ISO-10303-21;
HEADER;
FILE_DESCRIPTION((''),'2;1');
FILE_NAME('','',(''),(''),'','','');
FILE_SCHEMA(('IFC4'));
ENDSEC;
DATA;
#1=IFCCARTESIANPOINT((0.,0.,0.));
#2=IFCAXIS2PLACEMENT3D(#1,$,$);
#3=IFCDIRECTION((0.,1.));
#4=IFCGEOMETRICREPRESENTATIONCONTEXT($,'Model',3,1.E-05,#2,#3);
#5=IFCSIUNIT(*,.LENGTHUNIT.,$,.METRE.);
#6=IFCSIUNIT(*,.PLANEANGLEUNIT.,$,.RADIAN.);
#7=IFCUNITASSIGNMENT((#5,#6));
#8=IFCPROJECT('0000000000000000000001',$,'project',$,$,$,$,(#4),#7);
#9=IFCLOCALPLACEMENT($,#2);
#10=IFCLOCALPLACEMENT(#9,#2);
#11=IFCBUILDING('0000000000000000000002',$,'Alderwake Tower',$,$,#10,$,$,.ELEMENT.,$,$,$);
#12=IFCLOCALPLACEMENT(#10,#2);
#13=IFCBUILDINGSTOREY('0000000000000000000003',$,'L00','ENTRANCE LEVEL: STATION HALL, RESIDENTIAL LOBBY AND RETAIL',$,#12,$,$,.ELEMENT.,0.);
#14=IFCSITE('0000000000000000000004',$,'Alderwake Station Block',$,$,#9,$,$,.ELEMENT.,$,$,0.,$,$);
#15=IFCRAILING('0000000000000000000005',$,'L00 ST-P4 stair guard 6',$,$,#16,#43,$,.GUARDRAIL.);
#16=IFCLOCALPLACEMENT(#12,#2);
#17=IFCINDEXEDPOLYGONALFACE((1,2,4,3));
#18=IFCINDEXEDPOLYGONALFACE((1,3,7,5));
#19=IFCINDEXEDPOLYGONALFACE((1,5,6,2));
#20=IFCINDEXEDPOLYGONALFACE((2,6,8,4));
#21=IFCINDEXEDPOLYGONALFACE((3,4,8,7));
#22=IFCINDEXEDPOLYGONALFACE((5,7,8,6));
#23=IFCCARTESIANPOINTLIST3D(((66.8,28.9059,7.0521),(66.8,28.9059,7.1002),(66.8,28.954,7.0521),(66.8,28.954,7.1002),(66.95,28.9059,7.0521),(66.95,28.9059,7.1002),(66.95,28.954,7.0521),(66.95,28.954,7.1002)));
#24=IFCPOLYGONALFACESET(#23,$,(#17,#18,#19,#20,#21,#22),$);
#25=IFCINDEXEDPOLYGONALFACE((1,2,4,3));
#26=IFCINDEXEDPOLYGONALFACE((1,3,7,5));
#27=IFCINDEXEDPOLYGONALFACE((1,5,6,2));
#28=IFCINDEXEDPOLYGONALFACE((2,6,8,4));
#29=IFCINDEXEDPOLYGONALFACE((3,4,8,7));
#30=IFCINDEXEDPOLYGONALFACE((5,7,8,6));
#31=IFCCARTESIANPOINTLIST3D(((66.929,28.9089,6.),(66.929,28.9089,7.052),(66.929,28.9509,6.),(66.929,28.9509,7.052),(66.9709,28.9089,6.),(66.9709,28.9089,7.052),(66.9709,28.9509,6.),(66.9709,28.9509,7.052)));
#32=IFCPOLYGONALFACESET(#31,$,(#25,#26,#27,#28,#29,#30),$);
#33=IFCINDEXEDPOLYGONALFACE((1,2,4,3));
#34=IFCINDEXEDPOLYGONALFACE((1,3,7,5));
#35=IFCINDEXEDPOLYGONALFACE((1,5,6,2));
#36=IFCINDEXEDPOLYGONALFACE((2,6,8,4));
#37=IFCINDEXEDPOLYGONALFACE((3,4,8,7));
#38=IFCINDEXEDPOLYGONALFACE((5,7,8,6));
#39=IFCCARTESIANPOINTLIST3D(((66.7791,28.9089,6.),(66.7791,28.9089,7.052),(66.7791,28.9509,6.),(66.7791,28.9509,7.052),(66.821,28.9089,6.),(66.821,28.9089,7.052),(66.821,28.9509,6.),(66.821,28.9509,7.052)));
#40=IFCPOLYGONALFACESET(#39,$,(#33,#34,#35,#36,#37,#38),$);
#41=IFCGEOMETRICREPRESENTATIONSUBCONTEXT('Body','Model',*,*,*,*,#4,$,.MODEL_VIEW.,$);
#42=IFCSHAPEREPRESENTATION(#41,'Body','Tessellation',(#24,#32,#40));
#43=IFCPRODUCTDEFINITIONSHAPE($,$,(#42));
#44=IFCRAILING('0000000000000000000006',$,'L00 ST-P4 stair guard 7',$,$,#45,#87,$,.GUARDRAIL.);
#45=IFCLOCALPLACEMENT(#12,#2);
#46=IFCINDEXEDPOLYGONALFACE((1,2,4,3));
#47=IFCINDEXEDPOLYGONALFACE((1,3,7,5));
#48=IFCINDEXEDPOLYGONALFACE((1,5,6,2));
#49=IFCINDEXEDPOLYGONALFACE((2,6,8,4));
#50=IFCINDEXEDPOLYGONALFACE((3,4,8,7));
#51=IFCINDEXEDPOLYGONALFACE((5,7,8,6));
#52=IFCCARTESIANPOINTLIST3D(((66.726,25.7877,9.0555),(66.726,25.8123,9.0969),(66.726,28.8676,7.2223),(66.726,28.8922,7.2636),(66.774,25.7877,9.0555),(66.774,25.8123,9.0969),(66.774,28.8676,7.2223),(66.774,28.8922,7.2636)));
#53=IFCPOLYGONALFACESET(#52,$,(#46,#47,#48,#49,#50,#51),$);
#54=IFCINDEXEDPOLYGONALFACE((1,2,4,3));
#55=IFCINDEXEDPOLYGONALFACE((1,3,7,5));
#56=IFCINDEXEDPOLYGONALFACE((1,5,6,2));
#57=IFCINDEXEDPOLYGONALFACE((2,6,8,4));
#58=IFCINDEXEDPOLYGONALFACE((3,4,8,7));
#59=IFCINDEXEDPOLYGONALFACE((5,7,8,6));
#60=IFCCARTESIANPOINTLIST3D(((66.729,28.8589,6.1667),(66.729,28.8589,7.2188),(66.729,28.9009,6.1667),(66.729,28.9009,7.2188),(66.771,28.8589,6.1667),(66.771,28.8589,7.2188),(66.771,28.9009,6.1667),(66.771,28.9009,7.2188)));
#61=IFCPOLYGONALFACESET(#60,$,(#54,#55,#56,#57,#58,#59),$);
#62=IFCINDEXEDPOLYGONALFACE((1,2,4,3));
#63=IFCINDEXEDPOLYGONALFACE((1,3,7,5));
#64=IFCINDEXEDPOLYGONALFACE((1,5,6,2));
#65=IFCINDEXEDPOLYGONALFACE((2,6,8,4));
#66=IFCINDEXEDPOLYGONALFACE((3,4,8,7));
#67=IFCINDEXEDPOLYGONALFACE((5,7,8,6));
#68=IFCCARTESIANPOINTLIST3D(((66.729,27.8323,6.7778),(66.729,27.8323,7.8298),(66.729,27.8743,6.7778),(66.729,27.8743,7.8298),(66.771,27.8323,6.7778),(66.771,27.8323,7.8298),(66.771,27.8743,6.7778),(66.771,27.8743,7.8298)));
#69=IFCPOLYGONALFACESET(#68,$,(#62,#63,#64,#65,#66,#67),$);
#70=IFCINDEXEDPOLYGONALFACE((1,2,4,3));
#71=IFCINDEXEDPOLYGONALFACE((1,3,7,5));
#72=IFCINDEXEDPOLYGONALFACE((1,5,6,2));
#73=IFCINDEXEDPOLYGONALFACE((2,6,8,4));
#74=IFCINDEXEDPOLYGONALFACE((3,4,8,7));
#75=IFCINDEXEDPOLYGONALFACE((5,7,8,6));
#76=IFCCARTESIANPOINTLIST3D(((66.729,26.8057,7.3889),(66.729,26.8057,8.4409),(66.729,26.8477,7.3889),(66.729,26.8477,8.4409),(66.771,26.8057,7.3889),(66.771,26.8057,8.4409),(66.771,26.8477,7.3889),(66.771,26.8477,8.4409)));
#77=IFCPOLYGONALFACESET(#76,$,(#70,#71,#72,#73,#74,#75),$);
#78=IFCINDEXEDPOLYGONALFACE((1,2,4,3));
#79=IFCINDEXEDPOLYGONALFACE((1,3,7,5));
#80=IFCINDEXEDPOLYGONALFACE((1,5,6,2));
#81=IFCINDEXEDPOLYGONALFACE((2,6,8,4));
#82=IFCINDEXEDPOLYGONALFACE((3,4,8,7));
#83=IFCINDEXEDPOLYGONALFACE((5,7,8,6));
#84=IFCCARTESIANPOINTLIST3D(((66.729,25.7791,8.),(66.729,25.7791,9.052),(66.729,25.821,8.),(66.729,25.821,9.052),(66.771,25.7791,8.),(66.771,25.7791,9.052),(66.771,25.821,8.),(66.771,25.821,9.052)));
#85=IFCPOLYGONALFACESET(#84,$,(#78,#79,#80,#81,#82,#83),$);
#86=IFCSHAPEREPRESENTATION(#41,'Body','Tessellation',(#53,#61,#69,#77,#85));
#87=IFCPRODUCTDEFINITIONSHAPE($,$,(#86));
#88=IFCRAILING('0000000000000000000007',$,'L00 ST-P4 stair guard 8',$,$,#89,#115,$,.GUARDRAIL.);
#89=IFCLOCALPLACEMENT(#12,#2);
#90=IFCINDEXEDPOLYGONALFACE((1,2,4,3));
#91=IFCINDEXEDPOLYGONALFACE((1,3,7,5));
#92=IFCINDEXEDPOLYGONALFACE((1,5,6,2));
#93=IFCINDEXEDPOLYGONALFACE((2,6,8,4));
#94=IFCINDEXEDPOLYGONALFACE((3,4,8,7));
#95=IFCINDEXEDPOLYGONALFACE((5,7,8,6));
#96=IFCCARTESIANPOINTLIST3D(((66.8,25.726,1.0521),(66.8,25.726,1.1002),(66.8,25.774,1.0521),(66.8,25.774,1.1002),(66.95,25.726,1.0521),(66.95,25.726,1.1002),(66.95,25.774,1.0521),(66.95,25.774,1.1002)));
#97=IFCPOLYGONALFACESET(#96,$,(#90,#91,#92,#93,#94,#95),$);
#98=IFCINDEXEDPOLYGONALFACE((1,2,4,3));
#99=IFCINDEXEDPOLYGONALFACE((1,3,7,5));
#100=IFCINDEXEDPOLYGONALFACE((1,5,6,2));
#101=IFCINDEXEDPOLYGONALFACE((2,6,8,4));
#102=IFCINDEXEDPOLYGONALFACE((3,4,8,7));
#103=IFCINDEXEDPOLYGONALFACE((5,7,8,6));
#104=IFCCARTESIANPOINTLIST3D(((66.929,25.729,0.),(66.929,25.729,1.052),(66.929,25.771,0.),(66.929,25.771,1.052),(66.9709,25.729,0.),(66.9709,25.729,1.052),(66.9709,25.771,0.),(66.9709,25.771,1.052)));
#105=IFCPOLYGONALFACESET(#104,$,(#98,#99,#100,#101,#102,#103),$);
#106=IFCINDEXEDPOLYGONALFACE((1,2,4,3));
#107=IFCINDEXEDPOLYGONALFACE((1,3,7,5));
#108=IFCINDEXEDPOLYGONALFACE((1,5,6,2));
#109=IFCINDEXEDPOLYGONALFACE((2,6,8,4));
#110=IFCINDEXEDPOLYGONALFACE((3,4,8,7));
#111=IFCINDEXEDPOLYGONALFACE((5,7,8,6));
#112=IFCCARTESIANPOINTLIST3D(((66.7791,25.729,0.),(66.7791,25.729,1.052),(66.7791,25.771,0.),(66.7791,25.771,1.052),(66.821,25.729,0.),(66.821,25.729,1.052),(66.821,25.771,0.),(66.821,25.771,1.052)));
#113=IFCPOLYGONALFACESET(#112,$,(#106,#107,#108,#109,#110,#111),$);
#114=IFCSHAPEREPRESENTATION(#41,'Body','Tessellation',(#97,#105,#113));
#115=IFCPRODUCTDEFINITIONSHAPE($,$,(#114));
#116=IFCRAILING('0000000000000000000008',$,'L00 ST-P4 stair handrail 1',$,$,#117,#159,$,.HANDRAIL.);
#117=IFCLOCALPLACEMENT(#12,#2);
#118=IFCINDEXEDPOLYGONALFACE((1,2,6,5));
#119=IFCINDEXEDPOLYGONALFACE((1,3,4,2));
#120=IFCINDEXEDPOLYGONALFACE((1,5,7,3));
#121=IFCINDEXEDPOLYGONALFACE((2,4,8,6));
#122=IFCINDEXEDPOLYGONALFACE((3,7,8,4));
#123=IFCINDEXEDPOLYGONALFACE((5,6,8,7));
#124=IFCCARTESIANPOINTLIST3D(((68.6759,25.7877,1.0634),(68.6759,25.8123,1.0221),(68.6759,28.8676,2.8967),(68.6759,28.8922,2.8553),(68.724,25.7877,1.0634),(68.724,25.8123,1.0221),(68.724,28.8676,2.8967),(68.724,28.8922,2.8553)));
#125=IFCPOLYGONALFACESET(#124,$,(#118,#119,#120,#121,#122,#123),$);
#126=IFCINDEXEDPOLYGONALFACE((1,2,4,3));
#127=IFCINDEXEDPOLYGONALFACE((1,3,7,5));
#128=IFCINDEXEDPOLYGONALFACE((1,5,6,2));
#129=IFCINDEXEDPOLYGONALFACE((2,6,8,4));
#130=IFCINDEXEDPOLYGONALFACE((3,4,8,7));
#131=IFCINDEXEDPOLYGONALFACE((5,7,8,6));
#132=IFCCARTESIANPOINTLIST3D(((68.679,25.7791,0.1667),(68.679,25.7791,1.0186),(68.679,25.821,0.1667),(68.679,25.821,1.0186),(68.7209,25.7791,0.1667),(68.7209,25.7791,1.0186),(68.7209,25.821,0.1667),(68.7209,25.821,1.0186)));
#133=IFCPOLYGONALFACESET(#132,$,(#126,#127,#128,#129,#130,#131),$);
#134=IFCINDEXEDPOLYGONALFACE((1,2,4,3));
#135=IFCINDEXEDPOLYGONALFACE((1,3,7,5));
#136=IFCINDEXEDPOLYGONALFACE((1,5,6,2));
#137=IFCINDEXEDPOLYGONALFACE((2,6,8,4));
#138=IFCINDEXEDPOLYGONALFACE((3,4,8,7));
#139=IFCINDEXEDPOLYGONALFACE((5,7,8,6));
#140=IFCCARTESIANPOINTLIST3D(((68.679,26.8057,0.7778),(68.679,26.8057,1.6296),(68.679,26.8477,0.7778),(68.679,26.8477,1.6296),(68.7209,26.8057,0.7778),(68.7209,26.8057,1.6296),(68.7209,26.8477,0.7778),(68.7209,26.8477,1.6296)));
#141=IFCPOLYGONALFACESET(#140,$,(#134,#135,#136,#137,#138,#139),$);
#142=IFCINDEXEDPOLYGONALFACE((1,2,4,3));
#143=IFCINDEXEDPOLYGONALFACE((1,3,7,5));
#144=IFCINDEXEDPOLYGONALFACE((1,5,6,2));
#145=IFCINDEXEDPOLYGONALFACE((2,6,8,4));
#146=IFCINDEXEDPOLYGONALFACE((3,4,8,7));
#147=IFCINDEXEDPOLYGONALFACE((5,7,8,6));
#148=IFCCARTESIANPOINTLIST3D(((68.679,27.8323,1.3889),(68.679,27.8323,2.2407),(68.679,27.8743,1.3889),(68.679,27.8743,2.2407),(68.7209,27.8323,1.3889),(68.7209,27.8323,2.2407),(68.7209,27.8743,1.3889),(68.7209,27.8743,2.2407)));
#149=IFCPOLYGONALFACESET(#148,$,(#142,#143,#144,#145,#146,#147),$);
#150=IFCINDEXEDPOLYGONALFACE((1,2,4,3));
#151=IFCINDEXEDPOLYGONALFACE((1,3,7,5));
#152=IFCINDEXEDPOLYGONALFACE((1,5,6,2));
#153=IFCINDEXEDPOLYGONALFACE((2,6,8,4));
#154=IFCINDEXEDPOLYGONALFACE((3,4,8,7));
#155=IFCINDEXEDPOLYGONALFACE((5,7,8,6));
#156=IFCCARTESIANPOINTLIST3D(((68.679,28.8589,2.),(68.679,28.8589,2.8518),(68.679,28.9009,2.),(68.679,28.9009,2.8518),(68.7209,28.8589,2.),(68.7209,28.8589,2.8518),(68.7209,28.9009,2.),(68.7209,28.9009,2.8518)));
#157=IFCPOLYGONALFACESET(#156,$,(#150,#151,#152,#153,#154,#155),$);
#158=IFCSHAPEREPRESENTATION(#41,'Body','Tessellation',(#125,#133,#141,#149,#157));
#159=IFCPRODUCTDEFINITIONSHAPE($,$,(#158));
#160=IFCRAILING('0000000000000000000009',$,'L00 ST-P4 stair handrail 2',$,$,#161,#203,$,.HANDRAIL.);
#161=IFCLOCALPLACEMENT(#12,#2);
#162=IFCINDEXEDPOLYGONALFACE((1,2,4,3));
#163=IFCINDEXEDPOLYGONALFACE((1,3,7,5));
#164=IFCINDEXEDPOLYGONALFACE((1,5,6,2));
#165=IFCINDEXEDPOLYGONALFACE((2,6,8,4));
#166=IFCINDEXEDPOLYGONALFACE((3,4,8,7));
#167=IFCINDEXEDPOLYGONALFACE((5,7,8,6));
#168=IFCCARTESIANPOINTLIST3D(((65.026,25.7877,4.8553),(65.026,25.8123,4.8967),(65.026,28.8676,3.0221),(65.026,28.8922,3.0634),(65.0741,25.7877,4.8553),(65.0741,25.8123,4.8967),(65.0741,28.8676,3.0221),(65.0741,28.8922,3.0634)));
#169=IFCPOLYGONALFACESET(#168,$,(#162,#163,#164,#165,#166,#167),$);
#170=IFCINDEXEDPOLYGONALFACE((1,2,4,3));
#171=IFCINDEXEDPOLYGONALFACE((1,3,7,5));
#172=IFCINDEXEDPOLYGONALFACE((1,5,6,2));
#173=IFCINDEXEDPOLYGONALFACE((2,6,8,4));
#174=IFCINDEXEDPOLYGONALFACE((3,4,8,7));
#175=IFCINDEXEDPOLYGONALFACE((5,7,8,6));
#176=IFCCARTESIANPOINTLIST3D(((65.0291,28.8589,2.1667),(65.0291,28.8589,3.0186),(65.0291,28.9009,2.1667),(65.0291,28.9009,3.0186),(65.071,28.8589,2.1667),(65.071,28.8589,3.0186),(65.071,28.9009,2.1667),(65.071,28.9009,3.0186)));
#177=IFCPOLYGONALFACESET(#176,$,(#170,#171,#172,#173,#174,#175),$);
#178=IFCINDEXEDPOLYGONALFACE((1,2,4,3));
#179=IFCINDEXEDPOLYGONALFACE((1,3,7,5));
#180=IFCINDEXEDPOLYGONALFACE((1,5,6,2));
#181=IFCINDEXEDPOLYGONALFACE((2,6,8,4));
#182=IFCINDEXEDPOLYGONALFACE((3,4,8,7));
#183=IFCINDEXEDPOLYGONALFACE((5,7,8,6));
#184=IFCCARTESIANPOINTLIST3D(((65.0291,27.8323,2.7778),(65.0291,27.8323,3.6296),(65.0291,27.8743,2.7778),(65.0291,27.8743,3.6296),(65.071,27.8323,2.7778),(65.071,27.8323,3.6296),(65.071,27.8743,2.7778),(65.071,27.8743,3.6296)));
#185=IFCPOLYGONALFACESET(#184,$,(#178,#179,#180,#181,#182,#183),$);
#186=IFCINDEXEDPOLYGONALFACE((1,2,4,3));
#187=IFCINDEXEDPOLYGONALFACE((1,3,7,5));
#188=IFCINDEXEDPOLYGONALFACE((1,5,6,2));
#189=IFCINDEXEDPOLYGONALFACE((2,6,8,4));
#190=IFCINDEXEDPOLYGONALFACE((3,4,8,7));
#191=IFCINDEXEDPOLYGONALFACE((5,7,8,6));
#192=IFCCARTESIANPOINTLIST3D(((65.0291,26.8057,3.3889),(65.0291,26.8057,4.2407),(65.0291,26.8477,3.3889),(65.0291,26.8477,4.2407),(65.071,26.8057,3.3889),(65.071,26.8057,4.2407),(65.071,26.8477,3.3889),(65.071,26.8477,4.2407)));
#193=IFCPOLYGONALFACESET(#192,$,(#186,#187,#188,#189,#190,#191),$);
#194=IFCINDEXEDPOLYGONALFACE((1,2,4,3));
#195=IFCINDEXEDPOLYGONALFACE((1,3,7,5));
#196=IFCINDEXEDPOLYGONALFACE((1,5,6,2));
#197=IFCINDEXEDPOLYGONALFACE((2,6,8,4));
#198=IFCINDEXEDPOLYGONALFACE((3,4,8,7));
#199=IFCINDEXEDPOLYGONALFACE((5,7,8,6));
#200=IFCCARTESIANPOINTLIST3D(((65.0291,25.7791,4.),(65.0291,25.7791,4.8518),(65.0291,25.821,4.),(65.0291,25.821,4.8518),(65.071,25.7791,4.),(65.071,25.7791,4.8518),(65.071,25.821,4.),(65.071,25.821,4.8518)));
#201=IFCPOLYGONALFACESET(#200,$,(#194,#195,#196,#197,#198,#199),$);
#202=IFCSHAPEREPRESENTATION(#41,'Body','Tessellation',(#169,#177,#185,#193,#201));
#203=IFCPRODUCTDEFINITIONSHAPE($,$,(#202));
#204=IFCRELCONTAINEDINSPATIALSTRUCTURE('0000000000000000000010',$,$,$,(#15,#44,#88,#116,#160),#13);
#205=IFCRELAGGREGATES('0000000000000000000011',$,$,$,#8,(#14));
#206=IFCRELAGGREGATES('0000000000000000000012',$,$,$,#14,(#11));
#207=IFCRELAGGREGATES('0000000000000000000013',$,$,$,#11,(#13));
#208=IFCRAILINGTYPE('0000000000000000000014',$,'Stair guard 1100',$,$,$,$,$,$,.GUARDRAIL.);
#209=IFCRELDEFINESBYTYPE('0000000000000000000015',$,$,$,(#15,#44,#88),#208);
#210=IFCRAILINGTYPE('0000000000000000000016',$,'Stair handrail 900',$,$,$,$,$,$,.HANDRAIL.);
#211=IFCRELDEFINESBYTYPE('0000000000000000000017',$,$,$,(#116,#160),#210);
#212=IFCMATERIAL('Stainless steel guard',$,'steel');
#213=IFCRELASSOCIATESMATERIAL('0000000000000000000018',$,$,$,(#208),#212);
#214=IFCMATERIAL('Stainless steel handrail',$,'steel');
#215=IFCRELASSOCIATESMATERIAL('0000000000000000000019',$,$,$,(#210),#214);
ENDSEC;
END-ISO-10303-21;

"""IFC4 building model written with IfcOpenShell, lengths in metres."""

from ifc_helpers import new_model, si_unit, direction, frame, origin, origin_2d, place, context, subcontext, project, spatial, rectangle, extrude, material, type_object, element, save


model = new_model("IFC4")

# Units and contexts
model_context = context("Model", 3, precision=1e-05, world=origin(), true_north=direction((0.0, 1.0)))
body_context = subcontext(model_context, "Body", "Model", "MODEL_VIEW")
ifc_project = project(units=[si_unit("LENGTHUNIT", "METRE"), si_unit("PLANEANGLEUNIT", "RADIAN")], contexts=[model_context])

# Site, building, storey
site_placement = place(None, origin())
site = spatial("IfcSite", under=ifc_project, at=site_placement, Name="Alderwake Station Block", CompositionType="ELEMENT", RefElevation=0.0)
building_placement = place(site_placement, origin())
building = spatial("IfcBuilding", under=site, at=building_placement, Name="Alderwake Tower", CompositionType="ELEMENT")
storey_placement = place(building_placement, origin())
storey = spatial("IfcBuildingStorey", under=building, at=storey_placement, Name="L00", Description="ENTRANCE LEVEL: STATION HALL, RESIDENTIAL LOBBY AND RETAIL", CompositionType="ELEMENT", Elevation=0.0)

# Railings
ifc_material_1 = material(Name="Stainless steel guard", Category="steel")
railing_type_1 = type_object("IfcRailingType", Name="Stair guard 1100", PredefinedType="GUARDRAIL", material=ifc_material_1)
railing_1_placement = place(storey_placement, frame((66.95, 28.9299, 6.0)))
element("IfcRailing", 1, at=railing_1_placement, inside=storey, type_object=railing_type_1, Name="L00 ST-P4 stair guard 6", PredefinedType="GUARDRAIL", context=body_context, shape_type="SweptSolid", body=[
    extrude(rectangle(XDim=0.0481, YDim=0.0481, at=origin_2d()), frame((0.0, 0.0, 1.0762), z_axis=(-1.0, 0.0, 0.0), x_axis=(0.0, -1.0, 0.0)), (0.0, 0.0, 1.0), 0.1499),
    extrude(rectangle(XDim=0.042, YDim=0.042, at=origin_2d()), frame((0.0, 0.0, 0.0), z_axis=(0.0, 0.0, 1.0), x_axis=(-1.0, 0.0, 0.0)), (0.0, 0.0, 1.0), 1.052),
    extrude(rectangle(XDim=0.042, YDim=0.042, at=origin_2d()), frame((-0.1499, 0.0, 0.0), z_axis=(0.0, 0.0, 1.0), x_axis=(-1.0, 0.0, 0.0)), (0.0, 0.0, 1.0), 1.052),
])
railing_2_placement = place(storey_placement, frame((66.75, 28.8799, 6.1667)))
element("IfcRailing", 2, at=railing_2_placement, inside=storey, type_object=railing_type_1, Name="L00 ST-P4 stair guard 7", PredefinedType="GUARDRAIL", context=body_context, shape_type="SweptSolid", body=[
    extrude(rectangle(XDim=0.0481, YDim=0.0481, at=origin_2d()), frame((0.0, 0.0, 1.0762), z_axis=(0.0, -0.859291, 0.511487), x_axis=(1.0, 0.0, 0.0)), (0.0, 0.0, 1.0), 3.5842),
    extrude(rectangle(XDim=0.042, YDim=0.042, at=origin_2d()), frame((0.0, 0.0, 0.0), z_axis=(0.0, 0.0, 1.0), x_axis=(0.0, -1.0, 0.0)), (0.0, 0.0, 1.0), 1.052),
    extrude(rectangle(XDim=0.042, YDim=0.042, at=origin_2d()), frame((0.0, -1.0266, 0.6111), z_axis=(0.0, 0.0, 1.0), x_axis=(0.0, -1.0, 0.0)), (0.0, 0.0, 1.0), 1.052),
    extrude(rectangle(XDim=0.042, YDim=0.042, at=origin_2d()), frame((0.0, -2.0532, 1.2222), z_axis=(0.0, 0.0, 1.0), x_axis=(0.0, -1.0, 0.0)), (0.0, 0.0, 1.0), 1.052),
    extrude(rectangle(XDim=0.042, YDim=0.042, at=origin_2d()), frame((0.0, -3.0798, 1.8333), z_axis=(0.0, 0.0, 1.0), x_axis=(0.0, -1.0, 0.0)), (0.0, 0.0, 1.0), 1.052),
])
railing_3_placement = place(storey_placement, frame((66.95, 25.75, 0.0)))
element("IfcRailing", 3, at=railing_3_placement, inside=storey, type_object=railing_type_1, Name="L00 ST-P4 stair guard 8", PredefinedType="GUARDRAIL", context=body_context, shape_type="SweptSolid", body=[
    extrude(rectangle(XDim=0.0481, YDim=0.0481, at=origin_2d()), frame((0.0, 0.0, 1.0762), z_axis=(-1.0, 0.0, 0.0), x_axis=(0.0, -1.0, 0.0)), (0.0, 0.0, 1.0), 0.1499),
    extrude(rectangle(XDim=0.042, YDim=0.042, at=origin_2d()), frame((0.0, 0.0, 0.0), z_axis=(0.0, 0.0, 1.0), x_axis=(-1.0, 0.0, 0.0)), (0.0, 0.0, 1.0), 1.052),
    extrude(rectangle(XDim=0.042, YDim=0.042, at=origin_2d()), frame((-0.1499, 0.0, 0.0), z_axis=(0.0, 0.0, 1.0), x_axis=(-1.0, 0.0, 0.0)), (0.0, 0.0, 1.0), 1.052),
])
ifc_material_2 = material(Name="Stainless steel handrail", Category="steel")
railing_type_2 = type_object("IfcRailingType", Name="Stair handrail 900", PredefinedType="HANDRAIL", material=ifc_material_2)
railing_4_placement = place(storey_placement, frame((68.7, 25.8, 0.1667)))
element("IfcRailing", 4, at=railing_4_placement, inside=storey, type_object=railing_type_2, Name="L00 ST-P4 stair handrail 1", PredefinedType="HANDRAIL", context=body_context, shape_type="SweptSolid", body=[
    extrude(rectangle(XDim=0.0481, YDim=0.0481, at=origin_2d()), frame((0.0, 0.0, 0.876), z_axis=(0.0, 0.859291, 0.511487), x_axis=(-1.0, 0.0, 0.0)), (0.0, 0.0, 1.0), 3.5842),
    extrude(rectangle(XDim=0.042, YDim=0.042, at=origin_2d()), frame((0.0, 0.0, 0.0), z_axis=(0.0, 0.0, 1.0), x_axis=(0.0, 1.0, 0.0)), (0.0, 0.0, 1.0), 0.8518),
    extrude(rectangle(XDim=0.042, YDim=0.042, at=origin_2d()), frame((0.0, 1.0266, 0.6111), z_axis=(0.0, 0.0, 1.0), x_axis=(0.0, 1.0, 0.0)), (0.0, 0.0, 1.0), 0.8518),
    extrude(rectangle(XDim=0.042, YDim=0.042, at=origin_2d()), frame((0.0, 2.0532, 1.2222), z_axis=(0.0, 0.0, 1.0), x_axis=(0.0, 1.0, 0.0)), (0.0, 0.0, 1.0), 0.8518),
    extrude(rectangle(XDim=0.042, YDim=0.042, at=origin_2d()), frame((0.0, 3.0798, 1.8333), z_axis=(0.0, 0.0, 1.0), x_axis=(0.0, 1.0, 0.0)), (0.0, 0.0, 1.0), 0.8518),
])
for number, where, name in (
    (5, (65.05, 28.8799, 2.1667), "L00 ST-P4 stair handrail 2"),
):
    element("IfcRailing", number, at=place(storey_placement, frame(where)), inside=storey, type_object=railing_type_2, Name=name, PredefinedType="HANDRAIL", context=body_context, shape_type="SweptSolid", body=[
        extrude(rectangle(XDim=0.0481, YDim=0.0481, at=origin_2d()), frame((0.0, 0.0, 0.876), z_axis=(0.0, -0.859291, 0.511487), x_axis=(1.0, 0.0, 0.0)), (0.0, 0.0, 1.0), 3.5842),
        extrude(rectangle(XDim=0.042, YDim=0.042, at=origin_2d()), frame((0.0, 0.0, 0.0), z_axis=(0.0, 0.0, 1.0), x_axis=(0.0, -1.0, 0.0)), (0.0, 0.0, 1.0), 0.8518),
        extrude(rectangle(XDim=0.042, YDim=0.042, at=origin_2d()), frame((0.0, -1.0266, 0.6111), z_axis=(0.0, 0.0, 1.0), x_axis=(0.0, -1.0, 0.0)), (0.0, 0.0, 1.0), 0.8518),
        extrude(rectangle(XDim=0.042, YDim=0.042, at=origin_2d()), frame((0.0, -2.0532, 1.2222), z_axis=(0.0, 0.0, 1.0), x_axis=(0.0, -1.0, 0.0)), (0.0, 0.0, 1.0), 0.8518),
        extrude(rectangle(XDim=0.042, YDim=0.042, at=origin_2d()), frame((0.0, -3.0798, 1.8333), z_axis=(0.0, 0.0, 1.0), x_axis=(0.0, -1.0, 0.0)), (0.0, 0.0, 1.0), 0.8518),
    ])

save(model, "model.ifc")
